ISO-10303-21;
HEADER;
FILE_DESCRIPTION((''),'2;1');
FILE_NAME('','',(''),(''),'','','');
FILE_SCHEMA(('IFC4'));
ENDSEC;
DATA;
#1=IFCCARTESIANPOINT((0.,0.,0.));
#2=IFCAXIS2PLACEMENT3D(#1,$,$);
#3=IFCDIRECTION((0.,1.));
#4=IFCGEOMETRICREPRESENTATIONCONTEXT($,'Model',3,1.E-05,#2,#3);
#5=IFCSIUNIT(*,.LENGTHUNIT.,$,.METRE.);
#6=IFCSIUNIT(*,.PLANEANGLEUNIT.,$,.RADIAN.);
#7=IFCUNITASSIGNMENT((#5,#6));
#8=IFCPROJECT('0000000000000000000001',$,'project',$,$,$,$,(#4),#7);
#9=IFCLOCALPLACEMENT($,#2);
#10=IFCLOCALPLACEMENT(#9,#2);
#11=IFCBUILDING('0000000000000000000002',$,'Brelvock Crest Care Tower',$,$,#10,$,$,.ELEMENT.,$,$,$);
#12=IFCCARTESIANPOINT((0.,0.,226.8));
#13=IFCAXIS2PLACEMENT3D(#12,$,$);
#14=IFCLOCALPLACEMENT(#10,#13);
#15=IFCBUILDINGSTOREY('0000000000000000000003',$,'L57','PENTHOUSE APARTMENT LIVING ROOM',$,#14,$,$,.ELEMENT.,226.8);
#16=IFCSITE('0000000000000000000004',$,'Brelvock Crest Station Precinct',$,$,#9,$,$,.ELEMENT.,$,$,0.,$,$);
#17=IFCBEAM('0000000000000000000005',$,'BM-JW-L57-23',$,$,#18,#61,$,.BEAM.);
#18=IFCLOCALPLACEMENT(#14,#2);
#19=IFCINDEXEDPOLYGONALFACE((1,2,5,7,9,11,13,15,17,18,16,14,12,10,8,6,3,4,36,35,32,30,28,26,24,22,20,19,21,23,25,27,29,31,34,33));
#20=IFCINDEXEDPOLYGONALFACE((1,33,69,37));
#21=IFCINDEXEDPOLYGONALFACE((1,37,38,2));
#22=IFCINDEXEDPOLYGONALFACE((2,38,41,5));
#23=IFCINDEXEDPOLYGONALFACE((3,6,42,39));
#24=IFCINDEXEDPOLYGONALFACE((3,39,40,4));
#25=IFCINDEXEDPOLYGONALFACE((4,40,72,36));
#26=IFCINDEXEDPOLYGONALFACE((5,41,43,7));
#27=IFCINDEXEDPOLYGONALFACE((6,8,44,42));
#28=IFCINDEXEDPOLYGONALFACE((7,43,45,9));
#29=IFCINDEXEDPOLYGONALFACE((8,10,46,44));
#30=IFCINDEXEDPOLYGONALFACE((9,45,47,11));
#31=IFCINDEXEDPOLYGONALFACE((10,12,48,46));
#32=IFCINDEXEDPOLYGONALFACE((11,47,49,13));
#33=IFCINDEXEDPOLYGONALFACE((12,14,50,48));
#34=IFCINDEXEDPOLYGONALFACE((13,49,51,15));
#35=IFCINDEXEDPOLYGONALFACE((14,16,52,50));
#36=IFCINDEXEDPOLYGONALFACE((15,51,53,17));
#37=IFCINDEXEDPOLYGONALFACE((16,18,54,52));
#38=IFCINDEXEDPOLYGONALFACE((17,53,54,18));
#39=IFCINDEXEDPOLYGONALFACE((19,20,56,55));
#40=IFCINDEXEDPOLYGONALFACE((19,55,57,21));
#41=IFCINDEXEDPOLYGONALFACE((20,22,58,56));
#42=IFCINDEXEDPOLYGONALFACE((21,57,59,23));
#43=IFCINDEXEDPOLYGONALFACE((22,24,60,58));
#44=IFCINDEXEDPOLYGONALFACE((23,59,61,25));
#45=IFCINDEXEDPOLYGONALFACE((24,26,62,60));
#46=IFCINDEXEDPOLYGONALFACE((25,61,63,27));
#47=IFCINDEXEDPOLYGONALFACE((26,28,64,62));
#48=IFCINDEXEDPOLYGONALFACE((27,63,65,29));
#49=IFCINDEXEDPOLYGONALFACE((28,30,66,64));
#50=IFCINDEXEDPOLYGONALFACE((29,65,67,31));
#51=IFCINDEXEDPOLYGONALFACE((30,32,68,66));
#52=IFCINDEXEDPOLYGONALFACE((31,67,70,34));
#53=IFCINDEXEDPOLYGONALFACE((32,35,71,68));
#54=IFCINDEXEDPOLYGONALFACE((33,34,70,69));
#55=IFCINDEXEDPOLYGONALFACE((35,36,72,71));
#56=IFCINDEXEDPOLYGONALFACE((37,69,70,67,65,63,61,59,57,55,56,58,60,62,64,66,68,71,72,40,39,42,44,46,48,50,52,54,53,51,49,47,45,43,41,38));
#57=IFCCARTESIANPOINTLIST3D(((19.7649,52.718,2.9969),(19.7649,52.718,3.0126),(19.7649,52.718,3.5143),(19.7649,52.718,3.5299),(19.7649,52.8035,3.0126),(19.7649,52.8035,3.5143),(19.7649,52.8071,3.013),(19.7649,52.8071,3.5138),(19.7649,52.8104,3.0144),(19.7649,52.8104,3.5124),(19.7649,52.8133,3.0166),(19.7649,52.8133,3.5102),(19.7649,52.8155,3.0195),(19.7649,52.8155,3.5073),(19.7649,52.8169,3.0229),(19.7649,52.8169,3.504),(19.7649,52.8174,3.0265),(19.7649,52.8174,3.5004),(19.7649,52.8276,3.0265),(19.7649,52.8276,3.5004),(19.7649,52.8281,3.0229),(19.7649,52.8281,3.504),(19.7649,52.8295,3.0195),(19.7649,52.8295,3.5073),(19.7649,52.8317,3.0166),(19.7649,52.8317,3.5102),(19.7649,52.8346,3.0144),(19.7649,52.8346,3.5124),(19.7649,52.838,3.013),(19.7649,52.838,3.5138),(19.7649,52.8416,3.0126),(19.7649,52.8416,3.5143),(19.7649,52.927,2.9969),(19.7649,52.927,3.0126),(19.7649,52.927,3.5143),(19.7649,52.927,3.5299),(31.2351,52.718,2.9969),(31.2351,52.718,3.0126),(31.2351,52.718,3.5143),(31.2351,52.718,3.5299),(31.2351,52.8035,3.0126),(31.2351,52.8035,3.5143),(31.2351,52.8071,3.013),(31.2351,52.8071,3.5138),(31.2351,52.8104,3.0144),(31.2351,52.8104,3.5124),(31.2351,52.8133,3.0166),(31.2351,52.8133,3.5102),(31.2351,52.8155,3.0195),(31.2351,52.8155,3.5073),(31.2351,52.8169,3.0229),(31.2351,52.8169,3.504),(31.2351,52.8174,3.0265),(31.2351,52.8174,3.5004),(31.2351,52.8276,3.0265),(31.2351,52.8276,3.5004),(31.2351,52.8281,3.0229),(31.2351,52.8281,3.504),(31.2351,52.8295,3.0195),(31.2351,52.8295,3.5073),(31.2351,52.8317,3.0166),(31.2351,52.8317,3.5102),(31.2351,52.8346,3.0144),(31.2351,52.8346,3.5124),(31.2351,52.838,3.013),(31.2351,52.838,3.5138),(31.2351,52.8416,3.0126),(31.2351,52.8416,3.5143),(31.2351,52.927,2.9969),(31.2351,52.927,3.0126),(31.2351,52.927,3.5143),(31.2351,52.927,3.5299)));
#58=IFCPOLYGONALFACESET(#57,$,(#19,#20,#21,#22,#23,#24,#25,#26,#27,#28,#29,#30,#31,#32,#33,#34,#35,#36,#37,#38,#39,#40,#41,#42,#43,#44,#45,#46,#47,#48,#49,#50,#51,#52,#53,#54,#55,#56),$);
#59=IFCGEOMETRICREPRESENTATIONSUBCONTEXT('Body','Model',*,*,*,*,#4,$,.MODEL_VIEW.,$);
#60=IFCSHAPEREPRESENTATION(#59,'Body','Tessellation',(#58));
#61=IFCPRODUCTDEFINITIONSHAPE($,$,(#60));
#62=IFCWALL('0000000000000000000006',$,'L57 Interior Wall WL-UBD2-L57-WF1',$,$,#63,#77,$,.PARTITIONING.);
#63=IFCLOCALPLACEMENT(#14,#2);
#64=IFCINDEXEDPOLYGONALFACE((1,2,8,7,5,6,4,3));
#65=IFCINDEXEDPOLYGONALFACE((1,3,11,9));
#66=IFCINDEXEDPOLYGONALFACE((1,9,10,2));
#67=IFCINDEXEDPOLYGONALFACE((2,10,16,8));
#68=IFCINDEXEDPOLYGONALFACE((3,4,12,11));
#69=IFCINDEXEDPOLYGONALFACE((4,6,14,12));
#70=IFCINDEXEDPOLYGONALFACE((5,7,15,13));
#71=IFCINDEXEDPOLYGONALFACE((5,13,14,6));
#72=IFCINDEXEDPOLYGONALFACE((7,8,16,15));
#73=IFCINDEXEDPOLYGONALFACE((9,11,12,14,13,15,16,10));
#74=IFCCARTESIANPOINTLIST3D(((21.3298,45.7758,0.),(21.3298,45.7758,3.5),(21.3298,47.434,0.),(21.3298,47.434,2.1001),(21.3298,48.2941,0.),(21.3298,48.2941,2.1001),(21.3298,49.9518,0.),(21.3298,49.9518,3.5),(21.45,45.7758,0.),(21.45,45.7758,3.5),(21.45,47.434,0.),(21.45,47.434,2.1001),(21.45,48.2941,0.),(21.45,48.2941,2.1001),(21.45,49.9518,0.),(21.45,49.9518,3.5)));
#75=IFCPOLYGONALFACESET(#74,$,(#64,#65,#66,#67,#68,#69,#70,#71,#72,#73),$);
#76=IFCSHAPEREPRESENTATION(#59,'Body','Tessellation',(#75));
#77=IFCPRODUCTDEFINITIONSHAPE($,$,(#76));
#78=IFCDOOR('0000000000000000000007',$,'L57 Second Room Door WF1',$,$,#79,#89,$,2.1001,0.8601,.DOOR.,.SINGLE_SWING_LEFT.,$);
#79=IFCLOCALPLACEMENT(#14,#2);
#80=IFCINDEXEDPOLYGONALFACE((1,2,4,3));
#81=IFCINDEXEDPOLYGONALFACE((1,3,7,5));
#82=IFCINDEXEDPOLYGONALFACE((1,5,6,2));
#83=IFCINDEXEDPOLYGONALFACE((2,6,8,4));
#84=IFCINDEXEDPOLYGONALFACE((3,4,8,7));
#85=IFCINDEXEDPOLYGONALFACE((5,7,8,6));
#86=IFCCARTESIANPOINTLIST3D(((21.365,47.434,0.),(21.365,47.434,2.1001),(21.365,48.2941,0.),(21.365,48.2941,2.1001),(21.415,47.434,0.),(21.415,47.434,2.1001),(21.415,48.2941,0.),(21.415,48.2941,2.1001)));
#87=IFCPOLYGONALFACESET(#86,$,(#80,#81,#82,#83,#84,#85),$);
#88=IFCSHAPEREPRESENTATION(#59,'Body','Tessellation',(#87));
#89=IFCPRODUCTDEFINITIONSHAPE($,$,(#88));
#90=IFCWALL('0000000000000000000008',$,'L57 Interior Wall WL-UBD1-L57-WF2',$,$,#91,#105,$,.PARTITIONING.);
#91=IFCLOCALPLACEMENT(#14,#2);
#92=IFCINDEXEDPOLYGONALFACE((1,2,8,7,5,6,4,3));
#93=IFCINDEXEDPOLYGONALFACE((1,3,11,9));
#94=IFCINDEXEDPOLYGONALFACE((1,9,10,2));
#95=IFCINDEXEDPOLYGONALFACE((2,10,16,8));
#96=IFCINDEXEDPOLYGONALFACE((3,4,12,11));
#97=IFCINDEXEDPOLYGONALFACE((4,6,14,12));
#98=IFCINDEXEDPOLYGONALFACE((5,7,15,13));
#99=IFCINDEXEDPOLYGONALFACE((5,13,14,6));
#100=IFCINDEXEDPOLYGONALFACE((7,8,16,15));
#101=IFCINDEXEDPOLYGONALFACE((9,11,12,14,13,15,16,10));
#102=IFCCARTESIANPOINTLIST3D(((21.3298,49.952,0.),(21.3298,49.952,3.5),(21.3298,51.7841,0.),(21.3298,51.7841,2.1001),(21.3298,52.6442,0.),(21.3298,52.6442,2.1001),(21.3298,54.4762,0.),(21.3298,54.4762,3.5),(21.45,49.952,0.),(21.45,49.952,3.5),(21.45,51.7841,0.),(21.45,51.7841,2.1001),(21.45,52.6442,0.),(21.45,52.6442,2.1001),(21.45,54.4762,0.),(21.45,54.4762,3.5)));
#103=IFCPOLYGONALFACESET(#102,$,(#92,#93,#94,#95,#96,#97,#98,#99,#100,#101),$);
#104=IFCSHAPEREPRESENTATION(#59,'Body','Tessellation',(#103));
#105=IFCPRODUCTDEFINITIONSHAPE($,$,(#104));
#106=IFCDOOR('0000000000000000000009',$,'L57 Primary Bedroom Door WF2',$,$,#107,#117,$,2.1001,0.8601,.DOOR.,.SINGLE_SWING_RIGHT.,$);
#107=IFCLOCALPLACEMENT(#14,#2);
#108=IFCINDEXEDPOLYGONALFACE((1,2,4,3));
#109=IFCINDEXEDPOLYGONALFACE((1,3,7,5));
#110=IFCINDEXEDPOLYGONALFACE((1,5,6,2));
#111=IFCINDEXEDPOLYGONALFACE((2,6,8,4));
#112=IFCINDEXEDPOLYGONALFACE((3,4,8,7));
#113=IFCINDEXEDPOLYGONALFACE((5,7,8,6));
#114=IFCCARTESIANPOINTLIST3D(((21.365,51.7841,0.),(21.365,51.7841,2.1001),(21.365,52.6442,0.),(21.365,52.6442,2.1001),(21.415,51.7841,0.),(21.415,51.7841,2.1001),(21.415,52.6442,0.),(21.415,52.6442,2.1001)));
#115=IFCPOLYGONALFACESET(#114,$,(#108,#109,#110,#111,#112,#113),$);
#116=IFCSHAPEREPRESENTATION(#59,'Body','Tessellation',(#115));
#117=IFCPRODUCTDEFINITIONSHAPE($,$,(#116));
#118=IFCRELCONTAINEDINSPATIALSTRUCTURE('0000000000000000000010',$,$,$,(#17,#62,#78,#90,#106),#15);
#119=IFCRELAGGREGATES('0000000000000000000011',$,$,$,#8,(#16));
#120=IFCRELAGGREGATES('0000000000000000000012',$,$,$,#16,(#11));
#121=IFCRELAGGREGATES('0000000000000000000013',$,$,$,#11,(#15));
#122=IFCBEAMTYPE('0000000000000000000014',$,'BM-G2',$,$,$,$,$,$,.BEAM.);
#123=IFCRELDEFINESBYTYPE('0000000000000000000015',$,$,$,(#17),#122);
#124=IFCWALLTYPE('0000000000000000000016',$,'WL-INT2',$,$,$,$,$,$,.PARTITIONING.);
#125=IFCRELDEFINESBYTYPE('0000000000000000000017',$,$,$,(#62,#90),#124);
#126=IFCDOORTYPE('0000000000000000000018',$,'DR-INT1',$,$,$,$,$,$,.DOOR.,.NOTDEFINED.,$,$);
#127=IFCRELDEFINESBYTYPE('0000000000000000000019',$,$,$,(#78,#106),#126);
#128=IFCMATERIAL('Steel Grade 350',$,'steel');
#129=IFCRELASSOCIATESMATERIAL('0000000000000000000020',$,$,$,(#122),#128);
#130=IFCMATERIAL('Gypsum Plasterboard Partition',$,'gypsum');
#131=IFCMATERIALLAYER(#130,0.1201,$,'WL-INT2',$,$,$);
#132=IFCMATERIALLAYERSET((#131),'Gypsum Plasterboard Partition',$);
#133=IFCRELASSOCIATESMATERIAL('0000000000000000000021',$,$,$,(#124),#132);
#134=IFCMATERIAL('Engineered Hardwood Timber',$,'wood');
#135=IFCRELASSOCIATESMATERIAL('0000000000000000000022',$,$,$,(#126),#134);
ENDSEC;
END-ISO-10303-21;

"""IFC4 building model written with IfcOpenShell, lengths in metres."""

from ifc_helpers import new_model, si_unit, direction, frame, frame_2d, origin, origin_2d, place, context, subcontext, project, spatial, rectangle, i_section, extrude, source, transform, mapped, material, layer, layer_set, material_profile, profile_set, type_object, element, fill, save


model = new_model("IFC4")

# Units and contexts
model_context = context("Model", 3, precision=1e-05, world=origin(), true_north=direction((0.0, 1.0)))
body_context = subcontext(model_context, "Body", "Model", "MODEL_VIEW")
ifc_project = project(units=[si_unit("LENGTHUNIT", "METRE"), si_unit("PLANEANGLEUNIT", "RADIAN")], contexts=[model_context])

# Site, building, storey
site_placement = place(None, origin())
site = spatial("IfcSite", under=ifc_project, at=site_placement, Name="Brelvock Crest Station Precinct", CompositionType="ELEMENT", RefElevation=0.0)
building_placement = place(site_placement, origin())
building = spatial("IfcBuilding", under=site, at=building_placement, Name="Brelvock Crest Care Tower", CompositionType="ELEMENT")
storey_placement = place(building_placement, frame((0.0, 0.0, 226.8)))
storey = spatial("IfcBuildingStorey", under=building, at=storey_placement, Name="L57", Description="PENTHOUSE APARTMENT LIVING ROOM", CompositionType="ELEMENT", Elevation=226.8)

# Beam
ifc_material_1 = material(Name="Steel Grade 350", Category="steel")
ifc_material_profile_1 = material_profile(ifc_material_1, i_section(OverallWidth=0.209, OverallDepth=0.533, WebThickness=0.0103, FlangeThickness=0.0156, FilletRadius=0.0139, at=origin_2d()), Name="530UB92.4")
ifc_profile_set_1 = profile_set([ifc_material_profile_1], Name="Steel Grade 350")
beam_type_1 = type_object("IfcBeamType", Name="BM-G2", PredefinedType="BEAM", material=ifc_profile_set_1)
shared_shape_1 = source(origin(), body_context, "Body", "SweptSolid", [
    extrude(i_section(OverallWidth=0.209, OverallDepth=0.533, WebThickness=0.0103, FlangeThickness=0.0156, FilletRadius=0.0139, at=origin_2d()), origin(), (0.0, 0.0, 1.0), 11.4702),
])
for number, where, z_axis, x_axis, name in (
    (1, (19.7649, 52.8225, 3.2634), (1.0, 0.0, 0.0), (0.0, 1.0, 0.0), "BM-JW-L57-23"),
):
    element("IfcBeam", number, at=place(storey_placement, frame(where, z_axis=z_axis, x_axis=x_axis)), inside=storey, type_object=beam_type_1, Name=name, PredefinedType="BEAM", context=body_context, shape_type="MappedRepresentation", body=[
        mapped(shared_shape_1, transform((0.0, 0.0, 0.0), x_axis=(1.0, 0.0, 0.0), y_axis=(0.0, 1.0, 0.0), z_axis=(0.0, 0.0, 1.0), scale=1.0)),
    ])

# Walls, openings, doors
ifc_material_2 = material(Name="Gypsum Plasterboard Partition", Category="gypsum")
ifc_layer = layer(ifc_material_2, 0.1201, Name="WL-INT2")
ifc_layer_set = layer_set([ifc_layer], Name="Gypsum Plasterboard Partition")
wall_type = type_object("IfcWallType", Name="WL-INT2", PredefinedType="PARTITIONING", material=ifc_layer_set)
wall_1_placement = place(storey_placement, frame((21.3899, 45.7759, 0.0), z_axis=(0.0, 0.0, 1.0), x_axis=(0.0, 1.0, 0.0)))
wall_1 = element("IfcWall", 2, at=wall_1_placement, inside=storey, type_object=wall_type, Name="L57 Interior Wall WL-UBD2-L57-WF1", PredefinedType="PARTITIONING", context=body_context, shape_type="SweptSolid", body=[
    extrude(rectangle(XDim=4.176, YDim=0.1201, at=frame_2d((2.0879, 0.0))), origin(), (0.0, 0.0, 1.0), 3.5),
])
opening_1_placement = place(wall_1_placement, frame((1.658, 0.0, 0.0)))
opening_1 = element("IfcOpeningElement", 3, at=opening_1_placement, cuts=wall_1, PredefinedType="OPENING", context=body_context, shape_type="SweptSolid", body=[
    extrude(rectangle(XDim=0.8601, YDim=2.1001, at=origin_2d()), frame((0.4302, 0.0701, 1.05), z_axis=(0.0, -1.0, 0.0), x_axis=(1.0, 0.0, 0.0)), (0.0, 0.0, 1.0), 0.1401),
])
ifc_material_3 = material(Name="Engineered Hardwood Timber", Category="wood")
door_type = type_object("IfcDoorType", Name="DR-INT1", OperationType="NOTDEFINED", PredefinedType="DOOR", material=ifc_material_3)
shared_shape_2 = source(origin(), body_context, "Body", "SweptSolid", [
    extrude(rectangle(XDim=0.8601, YDim=2.1001, at=origin_2d()), frame((0.4302, 0.0249, 1.05), z_axis=(0.0, -1.0, 0.0), x_axis=(1.0, 0.0, 0.0)), (0.0, 0.0, 1.0), 0.05),
])
door_1_placement = place(opening_1_placement, origin())
door_1 = element("IfcDoor", 4, at=door_1_placement, inside=storey, type_object=door_type, Name="L57 Second Room Door WF1", OperationType="SINGLE_SWING_LEFT", OverallHeight=2.1001, OverallWidth=0.8601, PredefinedType="DOOR", context=body_context, shape_type="MappedRepresentation", body=[
    mapped(shared_shape_2, transform((0.0, 0.0, 0.0), x_axis=(1.0, 0.0, 0.0), y_axis=(0.0, 1.0, 0.0), z_axis=(0.0, 0.0, 1.0), scale=1.0)),
])
fill(opening_1, door_1)
wall_2_placement = place(storey_placement, frame((21.3899, 49.9519, 0.0), z_axis=(0.0, 0.0, 1.0), x_axis=(0.0, 1.0, 0.0)))
wall_2 = element("IfcWall", 5, at=wall_2_placement, inside=storey, type_object=wall_type, Name="L57 Interior Wall WL-UBD1-L57-WF2", PredefinedType="PARTITIONING", context=body_context, shape_type="SweptSolid", body=[
    extrude(rectangle(XDim=4.5242, YDim=0.1201, at=frame_2d((2.2622, 0.0))), origin(), (0.0, 0.0, 1.0), 3.5),
])
opening_2_placement = place(wall_2_placement, frame((1.832, 0.0, 0.0)))
opening_2 = element("IfcOpeningElement", 6, at=opening_2_placement, cuts=wall_2, PredefinedType="OPENING", context=body_context, shape_type="SweptSolid", body=[
    extrude(rectangle(XDim=0.8601, YDim=2.1001, at=origin_2d()), frame((0.4302, 0.0701, 1.05), z_axis=(0.0, -1.0, 0.0), x_axis=(1.0, 0.0, 0.0)), (0.0, 0.0, 1.0), 0.1401),
])
door_2_placement = place(opening_2_placement, origin())
door_2 = element("IfcDoor", 7, at=door_2_placement, inside=storey, type_object=door_type, Name="L57 Primary Bedroom Door WF2", OperationType="SINGLE_SWING_RIGHT", OverallHeight=2.1001, OverallWidth=0.8601, PredefinedType="DOOR", context=body_context, shape_type="MappedRepresentation", body=[
    mapped(shared_shape_2, transform((0.0, 0.0, 0.0), x_axis=(1.0, 0.0, 0.0), y_axis=(0.0, 1.0, 0.0), z_axis=(0.0, 0.0, 1.0), scale=1.0)),
])
fill(opening_2, door_2)

save(model, "model.ifc")
